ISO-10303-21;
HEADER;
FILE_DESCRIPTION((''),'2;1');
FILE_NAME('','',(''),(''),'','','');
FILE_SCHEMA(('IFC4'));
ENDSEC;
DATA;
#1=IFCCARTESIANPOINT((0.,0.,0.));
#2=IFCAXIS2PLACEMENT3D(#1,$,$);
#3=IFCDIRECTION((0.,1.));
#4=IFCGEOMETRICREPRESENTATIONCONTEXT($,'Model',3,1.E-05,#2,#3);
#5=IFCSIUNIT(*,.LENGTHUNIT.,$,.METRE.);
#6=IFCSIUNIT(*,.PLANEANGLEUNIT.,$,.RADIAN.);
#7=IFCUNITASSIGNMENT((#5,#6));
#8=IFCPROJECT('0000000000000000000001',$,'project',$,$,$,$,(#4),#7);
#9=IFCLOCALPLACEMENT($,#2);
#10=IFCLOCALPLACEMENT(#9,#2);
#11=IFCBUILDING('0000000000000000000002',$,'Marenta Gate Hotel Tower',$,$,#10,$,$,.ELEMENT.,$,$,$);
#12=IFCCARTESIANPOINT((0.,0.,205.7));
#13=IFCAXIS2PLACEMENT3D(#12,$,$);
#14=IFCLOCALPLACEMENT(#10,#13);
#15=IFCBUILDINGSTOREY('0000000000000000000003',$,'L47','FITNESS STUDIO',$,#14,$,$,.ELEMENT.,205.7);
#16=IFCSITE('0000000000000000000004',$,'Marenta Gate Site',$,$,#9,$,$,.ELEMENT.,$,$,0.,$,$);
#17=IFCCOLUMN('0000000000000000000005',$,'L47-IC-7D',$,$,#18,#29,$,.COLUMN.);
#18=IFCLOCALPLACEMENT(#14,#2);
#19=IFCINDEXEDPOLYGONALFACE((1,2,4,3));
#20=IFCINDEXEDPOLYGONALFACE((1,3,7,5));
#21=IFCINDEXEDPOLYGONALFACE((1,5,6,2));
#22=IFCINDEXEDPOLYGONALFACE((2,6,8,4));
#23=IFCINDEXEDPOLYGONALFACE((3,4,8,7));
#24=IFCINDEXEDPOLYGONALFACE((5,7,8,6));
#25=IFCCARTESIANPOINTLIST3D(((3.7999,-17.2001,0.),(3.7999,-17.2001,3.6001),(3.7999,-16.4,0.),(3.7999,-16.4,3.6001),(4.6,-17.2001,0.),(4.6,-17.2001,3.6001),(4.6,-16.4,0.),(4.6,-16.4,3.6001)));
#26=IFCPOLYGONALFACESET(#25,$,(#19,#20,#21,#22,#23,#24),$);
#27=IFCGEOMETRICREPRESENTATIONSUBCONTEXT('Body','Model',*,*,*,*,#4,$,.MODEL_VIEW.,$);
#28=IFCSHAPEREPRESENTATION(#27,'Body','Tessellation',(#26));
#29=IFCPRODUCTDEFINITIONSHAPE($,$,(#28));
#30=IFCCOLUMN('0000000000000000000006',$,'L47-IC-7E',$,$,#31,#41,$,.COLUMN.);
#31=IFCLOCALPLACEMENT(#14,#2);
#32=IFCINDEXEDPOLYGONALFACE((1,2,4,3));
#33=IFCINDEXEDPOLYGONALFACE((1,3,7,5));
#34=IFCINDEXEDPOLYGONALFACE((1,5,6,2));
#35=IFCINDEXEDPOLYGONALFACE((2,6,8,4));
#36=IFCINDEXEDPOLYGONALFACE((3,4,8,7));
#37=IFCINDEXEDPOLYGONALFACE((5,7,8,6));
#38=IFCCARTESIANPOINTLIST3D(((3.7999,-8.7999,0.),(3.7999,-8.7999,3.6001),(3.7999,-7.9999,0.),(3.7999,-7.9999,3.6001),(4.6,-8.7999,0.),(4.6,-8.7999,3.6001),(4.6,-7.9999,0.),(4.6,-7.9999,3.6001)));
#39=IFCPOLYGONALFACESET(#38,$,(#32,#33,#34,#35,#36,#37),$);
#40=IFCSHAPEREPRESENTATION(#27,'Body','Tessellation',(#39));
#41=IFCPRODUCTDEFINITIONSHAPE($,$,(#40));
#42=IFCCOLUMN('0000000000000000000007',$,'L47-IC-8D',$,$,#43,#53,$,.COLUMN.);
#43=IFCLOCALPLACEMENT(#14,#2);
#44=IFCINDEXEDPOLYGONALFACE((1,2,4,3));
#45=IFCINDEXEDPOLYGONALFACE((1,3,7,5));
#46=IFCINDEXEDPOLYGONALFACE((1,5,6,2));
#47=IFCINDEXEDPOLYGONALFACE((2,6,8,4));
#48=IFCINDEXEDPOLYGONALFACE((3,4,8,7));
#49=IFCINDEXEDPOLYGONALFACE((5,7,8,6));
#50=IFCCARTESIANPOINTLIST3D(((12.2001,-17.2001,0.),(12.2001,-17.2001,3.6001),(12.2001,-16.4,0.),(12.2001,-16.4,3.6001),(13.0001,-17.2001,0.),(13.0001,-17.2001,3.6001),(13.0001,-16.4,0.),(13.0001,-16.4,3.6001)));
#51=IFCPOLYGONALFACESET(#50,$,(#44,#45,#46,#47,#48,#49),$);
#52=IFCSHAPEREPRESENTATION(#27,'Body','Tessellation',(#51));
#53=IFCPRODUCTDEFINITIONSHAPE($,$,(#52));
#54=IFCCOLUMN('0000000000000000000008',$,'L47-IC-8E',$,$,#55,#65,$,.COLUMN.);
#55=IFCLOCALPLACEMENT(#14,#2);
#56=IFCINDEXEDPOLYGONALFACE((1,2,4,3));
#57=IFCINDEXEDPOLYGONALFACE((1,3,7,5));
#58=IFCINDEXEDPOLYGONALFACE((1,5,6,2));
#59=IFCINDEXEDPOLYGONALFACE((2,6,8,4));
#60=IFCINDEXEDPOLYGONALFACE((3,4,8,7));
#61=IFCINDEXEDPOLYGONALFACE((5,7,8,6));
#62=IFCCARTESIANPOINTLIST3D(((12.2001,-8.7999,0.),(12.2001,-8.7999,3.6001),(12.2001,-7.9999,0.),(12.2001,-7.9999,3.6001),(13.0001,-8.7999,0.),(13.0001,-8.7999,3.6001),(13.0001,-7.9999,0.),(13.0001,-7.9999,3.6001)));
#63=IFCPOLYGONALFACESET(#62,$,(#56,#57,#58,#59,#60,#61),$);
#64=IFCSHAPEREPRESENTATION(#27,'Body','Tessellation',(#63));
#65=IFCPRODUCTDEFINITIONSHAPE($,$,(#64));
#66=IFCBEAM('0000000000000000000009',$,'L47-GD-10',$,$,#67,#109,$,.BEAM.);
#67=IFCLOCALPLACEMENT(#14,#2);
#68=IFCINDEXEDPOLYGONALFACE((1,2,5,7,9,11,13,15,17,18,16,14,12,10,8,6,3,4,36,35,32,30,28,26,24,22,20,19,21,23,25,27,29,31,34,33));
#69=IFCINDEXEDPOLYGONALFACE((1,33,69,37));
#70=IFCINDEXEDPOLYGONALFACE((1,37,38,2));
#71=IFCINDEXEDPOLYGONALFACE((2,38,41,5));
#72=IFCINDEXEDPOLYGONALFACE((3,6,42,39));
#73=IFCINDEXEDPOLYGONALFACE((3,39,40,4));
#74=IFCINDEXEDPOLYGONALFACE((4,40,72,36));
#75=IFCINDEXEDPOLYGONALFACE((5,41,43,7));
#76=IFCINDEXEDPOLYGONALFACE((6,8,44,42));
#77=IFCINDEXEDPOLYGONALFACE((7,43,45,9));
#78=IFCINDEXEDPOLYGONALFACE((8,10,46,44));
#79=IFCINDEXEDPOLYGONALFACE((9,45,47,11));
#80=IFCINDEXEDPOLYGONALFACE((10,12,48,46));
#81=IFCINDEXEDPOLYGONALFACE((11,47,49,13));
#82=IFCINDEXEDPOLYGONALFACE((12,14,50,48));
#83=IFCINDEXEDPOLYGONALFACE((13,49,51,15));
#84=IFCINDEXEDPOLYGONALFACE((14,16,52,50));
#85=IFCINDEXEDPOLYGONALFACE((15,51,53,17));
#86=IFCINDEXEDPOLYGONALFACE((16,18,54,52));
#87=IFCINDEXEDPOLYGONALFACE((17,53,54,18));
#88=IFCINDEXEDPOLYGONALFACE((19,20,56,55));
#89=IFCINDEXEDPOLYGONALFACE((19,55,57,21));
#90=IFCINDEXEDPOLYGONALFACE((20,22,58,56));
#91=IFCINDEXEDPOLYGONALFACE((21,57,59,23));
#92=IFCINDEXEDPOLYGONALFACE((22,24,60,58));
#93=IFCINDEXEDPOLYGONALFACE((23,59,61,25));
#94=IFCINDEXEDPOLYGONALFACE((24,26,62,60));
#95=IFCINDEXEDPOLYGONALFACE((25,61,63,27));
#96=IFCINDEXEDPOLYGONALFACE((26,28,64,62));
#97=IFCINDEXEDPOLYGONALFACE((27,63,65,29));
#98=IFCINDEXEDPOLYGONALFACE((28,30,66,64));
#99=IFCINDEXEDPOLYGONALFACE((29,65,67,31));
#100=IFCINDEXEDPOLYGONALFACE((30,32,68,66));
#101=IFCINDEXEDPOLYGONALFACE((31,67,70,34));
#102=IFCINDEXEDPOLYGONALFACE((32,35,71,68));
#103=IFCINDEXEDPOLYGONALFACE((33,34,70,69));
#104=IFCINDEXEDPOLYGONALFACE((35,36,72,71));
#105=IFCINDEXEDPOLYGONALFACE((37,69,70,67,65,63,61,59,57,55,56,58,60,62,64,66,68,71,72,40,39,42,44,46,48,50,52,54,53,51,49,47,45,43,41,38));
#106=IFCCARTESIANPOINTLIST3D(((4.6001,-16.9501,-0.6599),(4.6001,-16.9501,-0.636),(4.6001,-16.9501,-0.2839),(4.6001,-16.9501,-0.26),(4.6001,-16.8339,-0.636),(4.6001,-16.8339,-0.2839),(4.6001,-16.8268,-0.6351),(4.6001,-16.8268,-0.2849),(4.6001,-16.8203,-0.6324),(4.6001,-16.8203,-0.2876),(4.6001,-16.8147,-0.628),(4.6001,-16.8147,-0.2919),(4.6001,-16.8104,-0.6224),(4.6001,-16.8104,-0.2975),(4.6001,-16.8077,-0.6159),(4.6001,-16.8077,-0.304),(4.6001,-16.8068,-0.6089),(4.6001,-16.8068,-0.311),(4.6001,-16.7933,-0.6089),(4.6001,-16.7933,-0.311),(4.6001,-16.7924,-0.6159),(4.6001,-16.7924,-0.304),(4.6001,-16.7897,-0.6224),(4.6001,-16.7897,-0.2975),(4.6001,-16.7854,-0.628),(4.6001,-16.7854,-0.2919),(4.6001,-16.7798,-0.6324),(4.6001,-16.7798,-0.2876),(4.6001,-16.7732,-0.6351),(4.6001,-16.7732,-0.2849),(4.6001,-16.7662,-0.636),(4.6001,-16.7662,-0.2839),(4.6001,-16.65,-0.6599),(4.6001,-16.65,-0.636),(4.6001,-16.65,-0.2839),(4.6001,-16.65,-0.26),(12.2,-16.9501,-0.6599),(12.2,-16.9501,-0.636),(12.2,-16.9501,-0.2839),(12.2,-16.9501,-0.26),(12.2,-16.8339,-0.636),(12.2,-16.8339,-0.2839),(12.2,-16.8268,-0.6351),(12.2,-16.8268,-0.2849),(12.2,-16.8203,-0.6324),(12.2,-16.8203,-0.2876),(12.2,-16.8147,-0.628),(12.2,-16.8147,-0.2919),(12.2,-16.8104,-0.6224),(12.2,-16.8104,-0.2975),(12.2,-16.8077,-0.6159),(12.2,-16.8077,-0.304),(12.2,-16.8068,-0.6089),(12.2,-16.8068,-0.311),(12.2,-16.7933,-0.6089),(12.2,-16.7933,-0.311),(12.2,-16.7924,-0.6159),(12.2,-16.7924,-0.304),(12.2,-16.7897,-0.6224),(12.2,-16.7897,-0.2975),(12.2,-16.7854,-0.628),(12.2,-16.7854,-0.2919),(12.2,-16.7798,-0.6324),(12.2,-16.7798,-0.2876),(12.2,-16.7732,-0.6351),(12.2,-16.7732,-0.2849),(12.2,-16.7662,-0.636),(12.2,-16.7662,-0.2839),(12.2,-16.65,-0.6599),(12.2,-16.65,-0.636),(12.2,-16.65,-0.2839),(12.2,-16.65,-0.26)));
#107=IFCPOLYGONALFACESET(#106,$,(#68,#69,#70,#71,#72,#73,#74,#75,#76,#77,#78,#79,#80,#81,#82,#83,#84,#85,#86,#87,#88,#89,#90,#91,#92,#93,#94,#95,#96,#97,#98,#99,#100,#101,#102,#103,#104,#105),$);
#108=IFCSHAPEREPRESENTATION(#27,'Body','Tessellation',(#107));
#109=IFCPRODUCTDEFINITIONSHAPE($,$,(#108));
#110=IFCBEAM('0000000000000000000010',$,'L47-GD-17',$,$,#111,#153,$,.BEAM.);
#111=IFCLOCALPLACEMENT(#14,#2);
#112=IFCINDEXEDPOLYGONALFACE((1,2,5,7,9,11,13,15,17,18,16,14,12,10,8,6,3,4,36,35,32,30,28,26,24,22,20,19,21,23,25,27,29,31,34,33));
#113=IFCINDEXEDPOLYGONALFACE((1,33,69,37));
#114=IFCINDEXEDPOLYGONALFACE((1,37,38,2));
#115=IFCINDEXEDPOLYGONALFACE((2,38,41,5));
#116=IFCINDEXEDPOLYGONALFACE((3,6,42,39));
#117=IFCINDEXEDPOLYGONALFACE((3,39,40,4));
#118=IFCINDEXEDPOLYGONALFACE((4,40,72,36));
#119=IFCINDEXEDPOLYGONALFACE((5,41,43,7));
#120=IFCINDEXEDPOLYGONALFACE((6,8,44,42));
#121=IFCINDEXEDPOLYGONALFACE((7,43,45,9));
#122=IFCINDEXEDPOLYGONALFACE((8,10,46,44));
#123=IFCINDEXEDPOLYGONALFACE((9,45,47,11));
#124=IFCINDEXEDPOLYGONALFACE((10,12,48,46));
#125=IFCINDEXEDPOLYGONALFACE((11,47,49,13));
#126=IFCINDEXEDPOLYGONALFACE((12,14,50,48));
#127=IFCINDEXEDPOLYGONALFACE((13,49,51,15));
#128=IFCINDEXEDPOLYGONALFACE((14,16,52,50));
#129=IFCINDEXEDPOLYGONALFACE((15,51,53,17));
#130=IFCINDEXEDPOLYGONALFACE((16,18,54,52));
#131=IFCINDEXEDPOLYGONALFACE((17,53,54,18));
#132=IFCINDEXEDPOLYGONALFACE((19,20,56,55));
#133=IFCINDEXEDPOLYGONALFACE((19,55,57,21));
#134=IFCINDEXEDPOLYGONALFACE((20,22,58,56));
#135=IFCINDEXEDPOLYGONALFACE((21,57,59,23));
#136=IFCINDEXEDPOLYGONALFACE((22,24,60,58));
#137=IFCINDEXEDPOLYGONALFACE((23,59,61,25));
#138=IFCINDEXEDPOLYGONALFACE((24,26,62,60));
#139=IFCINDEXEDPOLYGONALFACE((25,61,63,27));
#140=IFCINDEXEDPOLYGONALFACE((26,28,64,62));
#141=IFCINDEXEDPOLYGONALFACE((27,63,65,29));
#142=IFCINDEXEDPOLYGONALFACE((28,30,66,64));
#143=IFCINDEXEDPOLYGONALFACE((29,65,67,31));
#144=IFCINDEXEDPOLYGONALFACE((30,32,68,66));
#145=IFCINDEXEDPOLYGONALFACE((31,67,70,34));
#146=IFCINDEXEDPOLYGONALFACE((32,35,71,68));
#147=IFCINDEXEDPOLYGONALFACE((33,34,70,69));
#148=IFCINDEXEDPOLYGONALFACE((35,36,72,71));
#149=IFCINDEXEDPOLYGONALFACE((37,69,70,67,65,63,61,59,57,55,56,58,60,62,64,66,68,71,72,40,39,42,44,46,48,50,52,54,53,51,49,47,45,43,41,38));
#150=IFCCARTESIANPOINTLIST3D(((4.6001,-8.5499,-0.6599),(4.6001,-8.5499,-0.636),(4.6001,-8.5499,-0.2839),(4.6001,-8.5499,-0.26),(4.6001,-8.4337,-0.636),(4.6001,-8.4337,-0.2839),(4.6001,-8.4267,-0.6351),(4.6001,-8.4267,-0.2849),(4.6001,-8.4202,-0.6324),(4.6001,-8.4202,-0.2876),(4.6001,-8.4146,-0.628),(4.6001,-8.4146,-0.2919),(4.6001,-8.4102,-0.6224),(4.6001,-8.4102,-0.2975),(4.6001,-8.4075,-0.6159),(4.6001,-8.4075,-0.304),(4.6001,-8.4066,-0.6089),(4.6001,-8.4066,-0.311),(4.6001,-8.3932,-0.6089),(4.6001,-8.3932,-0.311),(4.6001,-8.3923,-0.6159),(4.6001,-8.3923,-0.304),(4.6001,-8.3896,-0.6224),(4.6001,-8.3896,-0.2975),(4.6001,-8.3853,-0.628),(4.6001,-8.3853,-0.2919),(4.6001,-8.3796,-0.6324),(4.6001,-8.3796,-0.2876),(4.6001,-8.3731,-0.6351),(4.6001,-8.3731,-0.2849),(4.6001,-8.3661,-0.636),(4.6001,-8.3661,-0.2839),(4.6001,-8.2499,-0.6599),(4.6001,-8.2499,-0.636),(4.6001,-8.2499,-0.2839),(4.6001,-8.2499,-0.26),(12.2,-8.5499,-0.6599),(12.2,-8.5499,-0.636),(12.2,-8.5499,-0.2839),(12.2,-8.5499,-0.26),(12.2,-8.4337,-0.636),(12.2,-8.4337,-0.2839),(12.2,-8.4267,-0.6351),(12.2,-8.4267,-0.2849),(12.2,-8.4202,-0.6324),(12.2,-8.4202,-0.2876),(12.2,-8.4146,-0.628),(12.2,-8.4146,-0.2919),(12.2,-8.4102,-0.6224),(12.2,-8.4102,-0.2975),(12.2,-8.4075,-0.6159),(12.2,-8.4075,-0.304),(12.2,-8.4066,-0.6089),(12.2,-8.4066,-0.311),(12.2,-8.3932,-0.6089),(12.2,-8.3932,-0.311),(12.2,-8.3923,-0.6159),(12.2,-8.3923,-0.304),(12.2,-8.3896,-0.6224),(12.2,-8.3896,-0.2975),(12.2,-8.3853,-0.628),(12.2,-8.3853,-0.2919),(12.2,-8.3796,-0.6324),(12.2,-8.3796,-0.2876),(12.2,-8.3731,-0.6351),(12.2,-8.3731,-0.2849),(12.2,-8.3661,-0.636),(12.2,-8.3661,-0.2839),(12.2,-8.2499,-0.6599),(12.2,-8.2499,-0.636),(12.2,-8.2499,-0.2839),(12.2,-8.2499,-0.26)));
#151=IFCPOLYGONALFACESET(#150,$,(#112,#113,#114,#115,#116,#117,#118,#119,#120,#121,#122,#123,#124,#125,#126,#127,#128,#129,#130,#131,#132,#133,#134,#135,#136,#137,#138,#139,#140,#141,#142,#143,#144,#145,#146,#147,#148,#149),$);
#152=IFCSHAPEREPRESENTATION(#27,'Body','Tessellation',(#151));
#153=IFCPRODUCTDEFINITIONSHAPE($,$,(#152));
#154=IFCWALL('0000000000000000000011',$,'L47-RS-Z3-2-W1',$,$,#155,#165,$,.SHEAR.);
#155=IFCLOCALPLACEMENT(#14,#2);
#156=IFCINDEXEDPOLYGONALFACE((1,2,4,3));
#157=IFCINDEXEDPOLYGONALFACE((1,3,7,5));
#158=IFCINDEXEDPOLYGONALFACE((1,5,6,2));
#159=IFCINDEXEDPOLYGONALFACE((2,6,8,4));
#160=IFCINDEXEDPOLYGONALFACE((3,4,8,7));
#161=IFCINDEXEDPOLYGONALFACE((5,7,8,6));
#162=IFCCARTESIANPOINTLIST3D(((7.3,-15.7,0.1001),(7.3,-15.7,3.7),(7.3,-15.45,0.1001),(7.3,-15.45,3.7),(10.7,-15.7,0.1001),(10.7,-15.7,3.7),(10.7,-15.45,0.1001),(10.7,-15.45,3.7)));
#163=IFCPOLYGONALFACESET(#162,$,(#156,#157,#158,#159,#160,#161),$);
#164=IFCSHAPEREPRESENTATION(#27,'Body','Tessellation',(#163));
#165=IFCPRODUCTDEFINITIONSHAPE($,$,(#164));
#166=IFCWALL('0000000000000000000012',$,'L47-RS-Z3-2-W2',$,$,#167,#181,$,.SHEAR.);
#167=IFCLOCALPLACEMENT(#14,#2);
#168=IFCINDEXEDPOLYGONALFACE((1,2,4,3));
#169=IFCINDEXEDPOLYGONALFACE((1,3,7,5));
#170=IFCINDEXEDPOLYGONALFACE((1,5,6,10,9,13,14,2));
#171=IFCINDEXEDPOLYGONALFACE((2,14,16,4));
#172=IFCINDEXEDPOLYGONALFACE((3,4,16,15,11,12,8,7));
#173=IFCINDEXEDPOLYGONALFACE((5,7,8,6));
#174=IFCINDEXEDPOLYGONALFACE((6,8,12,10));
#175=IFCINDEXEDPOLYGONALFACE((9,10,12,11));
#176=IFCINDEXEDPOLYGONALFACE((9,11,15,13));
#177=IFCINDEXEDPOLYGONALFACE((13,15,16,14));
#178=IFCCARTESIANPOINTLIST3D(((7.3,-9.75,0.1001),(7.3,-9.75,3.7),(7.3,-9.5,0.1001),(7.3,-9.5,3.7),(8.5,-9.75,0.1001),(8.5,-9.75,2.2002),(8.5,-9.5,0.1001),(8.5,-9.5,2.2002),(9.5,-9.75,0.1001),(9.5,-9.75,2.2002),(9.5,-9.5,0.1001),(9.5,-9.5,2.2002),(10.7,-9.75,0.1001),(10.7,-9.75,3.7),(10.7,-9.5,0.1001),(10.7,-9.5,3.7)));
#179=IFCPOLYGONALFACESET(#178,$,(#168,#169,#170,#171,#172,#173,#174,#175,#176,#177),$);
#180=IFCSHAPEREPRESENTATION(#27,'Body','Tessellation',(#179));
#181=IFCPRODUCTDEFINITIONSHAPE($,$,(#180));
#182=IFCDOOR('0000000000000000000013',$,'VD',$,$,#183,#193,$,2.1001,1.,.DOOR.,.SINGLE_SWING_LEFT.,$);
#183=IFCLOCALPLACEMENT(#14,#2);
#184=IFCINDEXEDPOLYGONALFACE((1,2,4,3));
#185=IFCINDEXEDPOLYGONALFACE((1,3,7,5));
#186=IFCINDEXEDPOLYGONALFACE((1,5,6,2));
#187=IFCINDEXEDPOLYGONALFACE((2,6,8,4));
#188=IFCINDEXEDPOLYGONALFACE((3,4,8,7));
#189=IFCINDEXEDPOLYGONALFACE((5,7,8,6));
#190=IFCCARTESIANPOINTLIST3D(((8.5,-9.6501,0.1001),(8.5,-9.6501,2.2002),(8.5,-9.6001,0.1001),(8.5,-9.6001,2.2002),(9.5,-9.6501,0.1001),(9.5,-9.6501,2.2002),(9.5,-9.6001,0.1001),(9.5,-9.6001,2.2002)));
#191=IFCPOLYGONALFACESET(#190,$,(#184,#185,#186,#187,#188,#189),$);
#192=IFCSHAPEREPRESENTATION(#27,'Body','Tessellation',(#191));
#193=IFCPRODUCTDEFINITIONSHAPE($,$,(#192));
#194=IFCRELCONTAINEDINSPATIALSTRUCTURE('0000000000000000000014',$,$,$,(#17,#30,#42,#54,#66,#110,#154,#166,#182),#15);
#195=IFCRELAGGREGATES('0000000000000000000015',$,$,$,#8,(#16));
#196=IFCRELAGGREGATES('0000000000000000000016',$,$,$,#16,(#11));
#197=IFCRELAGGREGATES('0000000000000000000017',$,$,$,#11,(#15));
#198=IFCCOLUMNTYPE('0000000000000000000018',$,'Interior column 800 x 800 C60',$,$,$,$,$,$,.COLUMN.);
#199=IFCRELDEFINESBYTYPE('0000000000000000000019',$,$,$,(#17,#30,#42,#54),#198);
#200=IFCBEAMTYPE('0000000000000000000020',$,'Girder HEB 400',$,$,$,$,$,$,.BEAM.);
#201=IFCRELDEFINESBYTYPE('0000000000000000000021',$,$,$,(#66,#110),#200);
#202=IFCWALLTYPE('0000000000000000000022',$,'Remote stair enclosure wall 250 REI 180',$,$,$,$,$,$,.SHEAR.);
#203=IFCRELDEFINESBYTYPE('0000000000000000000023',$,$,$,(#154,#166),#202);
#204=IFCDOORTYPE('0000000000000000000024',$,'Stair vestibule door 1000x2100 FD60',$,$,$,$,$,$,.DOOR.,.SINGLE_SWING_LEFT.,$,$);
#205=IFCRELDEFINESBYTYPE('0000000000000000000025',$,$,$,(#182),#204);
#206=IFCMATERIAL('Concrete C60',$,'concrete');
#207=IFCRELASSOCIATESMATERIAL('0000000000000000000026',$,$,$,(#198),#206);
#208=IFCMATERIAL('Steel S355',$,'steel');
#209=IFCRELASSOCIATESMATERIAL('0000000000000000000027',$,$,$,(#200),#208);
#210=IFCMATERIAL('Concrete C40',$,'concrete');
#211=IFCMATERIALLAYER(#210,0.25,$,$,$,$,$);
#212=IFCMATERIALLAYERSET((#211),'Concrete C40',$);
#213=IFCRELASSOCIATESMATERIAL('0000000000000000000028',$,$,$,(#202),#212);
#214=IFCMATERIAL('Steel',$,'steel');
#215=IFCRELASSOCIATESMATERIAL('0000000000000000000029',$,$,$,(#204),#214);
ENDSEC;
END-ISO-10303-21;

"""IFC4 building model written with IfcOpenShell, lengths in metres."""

from ifc_helpers import new_model, si_unit, direction, frame, frame_2d, origin, origin_2d, place, context, subcontext, project, spatial, rectangle, i_section, extrude, material, layer, layer_set, material_profile, profile_set, type_object, element, fill, save


model = new_model("IFC4")

# Units and contexts
model_context = context("Model", 3, precision=1e-05, world=origin(), true_north=direction((0.0, 1.0)))
body_context = subcontext(model_context, "Body", "Model", "MODEL_VIEW")
ifc_project = project(units=[si_unit("LENGTHUNIT", "METRE"), si_unit("PLANEANGLEUNIT", "RADIAN")], contexts=[model_context])

# Site, building, storey
site_placement = place(None, origin())
site = spatial("IfcSite", under=ifc_project, at=site_placement, Name="Marenta Gate Site", CompositionType="ELEMENT", RefElevation=0.0)
building_placement = place(site_placement, origin())
building = spatial("IfcBuilding", under=site, at=building_placement, Name="Marenta Gate Hotel Tower", CompositionType="ELEMENT")
storey_placement = place(building_placement, frame((0.0, 0.0, 205.7)))
storey = spatial("IfcBuildingStorey", under=building, at=storey_placement, Name="L47", Description="FITNESS STUDIO", CompositionType="ELEMENT", Elevation=205.7)

# Columns
ifc_material_1 = material(Name="Concrete C60", Category="concrete")
ifc_material_profile_1 = material_profile(ifc_material_1, rectangle(XDim=0.8, YDim=0.8, at=origin_2d()), Name="800 x 800")
ifc_profile_set_1 = profile_set([ifc_material_profile_1], Name="Concrete C60")
column_type = type_object("IfcColumnType", Name="Interior column 800 x 800 C60", PredefinedType="COLUMN", material=ifc_profile_set_1)
for number, where, z_axis, x_axis, name in (
    (1, (4.2, -16.8, 0.0), (0.0, 0.0, 1.0), (1.0, 0.0, 0.0), "L47-IC-7D"),
    (2, (4.2, -8.3999, 0.0), (0.0, 0.0, 1.0), (1.0, 0.0, 0.0), "L47-IC-7E"),
    (3, (12.6001, -16.8, 0.0), (0.0, 0.0, 1.0), (1.0, 0.0, 0.0), "L47-IC-8D"),
    (4, (12.6001, -8.3999, 0.0), (0.0, 0.0, 1.0), (1.0, 0.0, 0.0), "L47-IC-8E"),
):
    element("IfcColumn", number, at=place(storey_placement, frame(where, z_axis=z_axis, x_axis=x_axis)), inside=storey, type_object=column_type, Name=name, PredefinedType="COLUMN", context=body_context, shape_type="SweptSolid", body=[
        extrude(rectangle(XDim=0.8, YDim=0.8, at=origin_2d()), origin(), (0.0, 0.0, 1.0), 3.6001),
    ])

# Beams
ifc_material_2 = material(Name="Steel S355", Category="steel")
ifc_material_profile_2 = material_profile(ifc_material_2, i_section(OverallWidth=0.3, OverallDepth=0.3999, WebThickness=0.0134, FlangeThickness=0.0239, FilletRadius=0.0271, at=origin_2d()), Name="HEB 400")
ifc_profile_set_2 = profile_set([ifc_material_profile_2], Name="Steel S355")
beam_type = type_object("IfcBeamType", Name="Girder HEB 400", PredefinedType="BEAM", material=ifc_profile_set_2)
for number, where, z_axis, x_axis, name in (
    (5, (4.6001, -16.8, -0.46), (1.0, 0.0, 0.0), (0.0, 1.0, 0.0), "L47-GD-10"),
    (6, (4.6001, -8.3999, -0.46), (1.0, 0.0, 0.0), (0.0, 1.0, 0.0), "L47-GD-17"),
):
    element("IfcBeam", number, at=place(storey_placement, frame(where, z_axis=z_axis, x_axis=x_axis)), inside=storey, type_object=beam_type, Name=name, PredefinedType="BEAM", context=body_context, shape_type="SweptSolid", body=[
        extrude(i_section(OverallWidth=0.3, OverallDepth=0.3999, WebThickness=0.0134, FlangeThickness=0.0239, FilletRadius=0.0271, at=origin_2d()), origin(), (0.0, 0.0, 1.0), 7.5999),
    ])

# Wall
ifc_material_3 = material(Name="Concrete C40", Category="concrete")
ifc_layer_1 = layer(ifc_material_3, 0.25)
ifc_layer_set_1 = layer_set([ifc_layer_1], Name="Concrete C40")
wall_type_1 = type_object("IfcWallType", Name="Remote stair enclosure wall 250 REI 180", PredefinedType="SHEAR", material=ifc_layer_set_1)
wall_1_placement = place(storey_placement, frame((7.3, -15.575, 0.1001), z_axis=(0.0, 0.0, 1.0), x_axis=(1.0, 0.0, 0.0)))
element("IfcWall", 7, at=wall_1_placement, inside=storey, type_object=wall_type_1, Name="L47-RS-Z3-2-W1", PredefinedType="SHEAR", context=body_context, shape_type="SweptSolid", body=[
    extrude(rectangle(XDim=3.3999, YDim=0.25, at=frame_2d((1.7, 0.0))), origin(), (0.0, 0.0, 1.0), 3.5999),
])

# Wall, opening, door
wall_2_placement = place(storey_placement, frame((7.3, -9.625, 0.1001), z_axis=(0.0, 0.0, 1.0), x_axis=(1.0, 0.0, 0.0)))
wall_2 = element("IfcWall", 8, at=wall_2_placement, inside=storey, type_object=wall_type_1, Name="L47-RS-Z3-2-W2", PredefinedType="SHEAR", context=body_context, shape_type="SweptSolid", body=[
    extrude(rectangle(XDim=3.3999, YDim=0.25, at=frame_2d((1.7, 0.0))), origin(), (0.0, 0.0, 1.0), 3.5999),
])
opening_1_placement = place(wall_2_placement, frame((1.2, 0.0, 0.0)))
opening_1 = element("IfcOpeningElement", 9, at=opening_1_placement, cuts=wall_2, PredefinedType="OPENING", context=body_context, shape_type="SweptSolid", body=[
    extrude(rectangle(XDim=1.0, YDim=2.1001, at=frame_2d((0.5, 1.05))), frame((0.0, 0.125, 0.0), z_axis=(0.0, -1.0, 0.0), x_axis=(1.0, 0.0, 0.0)), (0.0, 0.0, 1.0), 0.25),
])
ifc_material_4 = material(Name="Steel", Category="steel")
door_type_1 = type_object("IfcDoorType", Name="Stair vestibule door 1000x2100 FD60", OperationType="SINGLE_SWING_LEFT", PredefinedType="DOOR", material=ifc_material_4)
door_1_placement = place(opening_1_placement, origin())
door_1 = element("IfcDoor", 10, at=door_1_placement, inside=storey, type_object=door_type_1, Name="VD", OperationType="SINGLE_SWING_LEFT", OverallHeight=2.1001, OverallWidth=1.0, PredefinedType="DOOR", context=body_context, shape_type="SweptSolid", body=[
    extrude(rectangle(XDim=1.0, YDim=2.1001, at=frame_2d((0.5, 1.05))), frame((0.0, 0.0249, 0.0), z_axis=(0.0, -1.0, 0.0), x_axis=(1.0, 0.0, 0.0)), (0.0, 0.0, 1.0), 0.05),
])
fill(opening_1, door_1)

save(model, "model.ifc")
